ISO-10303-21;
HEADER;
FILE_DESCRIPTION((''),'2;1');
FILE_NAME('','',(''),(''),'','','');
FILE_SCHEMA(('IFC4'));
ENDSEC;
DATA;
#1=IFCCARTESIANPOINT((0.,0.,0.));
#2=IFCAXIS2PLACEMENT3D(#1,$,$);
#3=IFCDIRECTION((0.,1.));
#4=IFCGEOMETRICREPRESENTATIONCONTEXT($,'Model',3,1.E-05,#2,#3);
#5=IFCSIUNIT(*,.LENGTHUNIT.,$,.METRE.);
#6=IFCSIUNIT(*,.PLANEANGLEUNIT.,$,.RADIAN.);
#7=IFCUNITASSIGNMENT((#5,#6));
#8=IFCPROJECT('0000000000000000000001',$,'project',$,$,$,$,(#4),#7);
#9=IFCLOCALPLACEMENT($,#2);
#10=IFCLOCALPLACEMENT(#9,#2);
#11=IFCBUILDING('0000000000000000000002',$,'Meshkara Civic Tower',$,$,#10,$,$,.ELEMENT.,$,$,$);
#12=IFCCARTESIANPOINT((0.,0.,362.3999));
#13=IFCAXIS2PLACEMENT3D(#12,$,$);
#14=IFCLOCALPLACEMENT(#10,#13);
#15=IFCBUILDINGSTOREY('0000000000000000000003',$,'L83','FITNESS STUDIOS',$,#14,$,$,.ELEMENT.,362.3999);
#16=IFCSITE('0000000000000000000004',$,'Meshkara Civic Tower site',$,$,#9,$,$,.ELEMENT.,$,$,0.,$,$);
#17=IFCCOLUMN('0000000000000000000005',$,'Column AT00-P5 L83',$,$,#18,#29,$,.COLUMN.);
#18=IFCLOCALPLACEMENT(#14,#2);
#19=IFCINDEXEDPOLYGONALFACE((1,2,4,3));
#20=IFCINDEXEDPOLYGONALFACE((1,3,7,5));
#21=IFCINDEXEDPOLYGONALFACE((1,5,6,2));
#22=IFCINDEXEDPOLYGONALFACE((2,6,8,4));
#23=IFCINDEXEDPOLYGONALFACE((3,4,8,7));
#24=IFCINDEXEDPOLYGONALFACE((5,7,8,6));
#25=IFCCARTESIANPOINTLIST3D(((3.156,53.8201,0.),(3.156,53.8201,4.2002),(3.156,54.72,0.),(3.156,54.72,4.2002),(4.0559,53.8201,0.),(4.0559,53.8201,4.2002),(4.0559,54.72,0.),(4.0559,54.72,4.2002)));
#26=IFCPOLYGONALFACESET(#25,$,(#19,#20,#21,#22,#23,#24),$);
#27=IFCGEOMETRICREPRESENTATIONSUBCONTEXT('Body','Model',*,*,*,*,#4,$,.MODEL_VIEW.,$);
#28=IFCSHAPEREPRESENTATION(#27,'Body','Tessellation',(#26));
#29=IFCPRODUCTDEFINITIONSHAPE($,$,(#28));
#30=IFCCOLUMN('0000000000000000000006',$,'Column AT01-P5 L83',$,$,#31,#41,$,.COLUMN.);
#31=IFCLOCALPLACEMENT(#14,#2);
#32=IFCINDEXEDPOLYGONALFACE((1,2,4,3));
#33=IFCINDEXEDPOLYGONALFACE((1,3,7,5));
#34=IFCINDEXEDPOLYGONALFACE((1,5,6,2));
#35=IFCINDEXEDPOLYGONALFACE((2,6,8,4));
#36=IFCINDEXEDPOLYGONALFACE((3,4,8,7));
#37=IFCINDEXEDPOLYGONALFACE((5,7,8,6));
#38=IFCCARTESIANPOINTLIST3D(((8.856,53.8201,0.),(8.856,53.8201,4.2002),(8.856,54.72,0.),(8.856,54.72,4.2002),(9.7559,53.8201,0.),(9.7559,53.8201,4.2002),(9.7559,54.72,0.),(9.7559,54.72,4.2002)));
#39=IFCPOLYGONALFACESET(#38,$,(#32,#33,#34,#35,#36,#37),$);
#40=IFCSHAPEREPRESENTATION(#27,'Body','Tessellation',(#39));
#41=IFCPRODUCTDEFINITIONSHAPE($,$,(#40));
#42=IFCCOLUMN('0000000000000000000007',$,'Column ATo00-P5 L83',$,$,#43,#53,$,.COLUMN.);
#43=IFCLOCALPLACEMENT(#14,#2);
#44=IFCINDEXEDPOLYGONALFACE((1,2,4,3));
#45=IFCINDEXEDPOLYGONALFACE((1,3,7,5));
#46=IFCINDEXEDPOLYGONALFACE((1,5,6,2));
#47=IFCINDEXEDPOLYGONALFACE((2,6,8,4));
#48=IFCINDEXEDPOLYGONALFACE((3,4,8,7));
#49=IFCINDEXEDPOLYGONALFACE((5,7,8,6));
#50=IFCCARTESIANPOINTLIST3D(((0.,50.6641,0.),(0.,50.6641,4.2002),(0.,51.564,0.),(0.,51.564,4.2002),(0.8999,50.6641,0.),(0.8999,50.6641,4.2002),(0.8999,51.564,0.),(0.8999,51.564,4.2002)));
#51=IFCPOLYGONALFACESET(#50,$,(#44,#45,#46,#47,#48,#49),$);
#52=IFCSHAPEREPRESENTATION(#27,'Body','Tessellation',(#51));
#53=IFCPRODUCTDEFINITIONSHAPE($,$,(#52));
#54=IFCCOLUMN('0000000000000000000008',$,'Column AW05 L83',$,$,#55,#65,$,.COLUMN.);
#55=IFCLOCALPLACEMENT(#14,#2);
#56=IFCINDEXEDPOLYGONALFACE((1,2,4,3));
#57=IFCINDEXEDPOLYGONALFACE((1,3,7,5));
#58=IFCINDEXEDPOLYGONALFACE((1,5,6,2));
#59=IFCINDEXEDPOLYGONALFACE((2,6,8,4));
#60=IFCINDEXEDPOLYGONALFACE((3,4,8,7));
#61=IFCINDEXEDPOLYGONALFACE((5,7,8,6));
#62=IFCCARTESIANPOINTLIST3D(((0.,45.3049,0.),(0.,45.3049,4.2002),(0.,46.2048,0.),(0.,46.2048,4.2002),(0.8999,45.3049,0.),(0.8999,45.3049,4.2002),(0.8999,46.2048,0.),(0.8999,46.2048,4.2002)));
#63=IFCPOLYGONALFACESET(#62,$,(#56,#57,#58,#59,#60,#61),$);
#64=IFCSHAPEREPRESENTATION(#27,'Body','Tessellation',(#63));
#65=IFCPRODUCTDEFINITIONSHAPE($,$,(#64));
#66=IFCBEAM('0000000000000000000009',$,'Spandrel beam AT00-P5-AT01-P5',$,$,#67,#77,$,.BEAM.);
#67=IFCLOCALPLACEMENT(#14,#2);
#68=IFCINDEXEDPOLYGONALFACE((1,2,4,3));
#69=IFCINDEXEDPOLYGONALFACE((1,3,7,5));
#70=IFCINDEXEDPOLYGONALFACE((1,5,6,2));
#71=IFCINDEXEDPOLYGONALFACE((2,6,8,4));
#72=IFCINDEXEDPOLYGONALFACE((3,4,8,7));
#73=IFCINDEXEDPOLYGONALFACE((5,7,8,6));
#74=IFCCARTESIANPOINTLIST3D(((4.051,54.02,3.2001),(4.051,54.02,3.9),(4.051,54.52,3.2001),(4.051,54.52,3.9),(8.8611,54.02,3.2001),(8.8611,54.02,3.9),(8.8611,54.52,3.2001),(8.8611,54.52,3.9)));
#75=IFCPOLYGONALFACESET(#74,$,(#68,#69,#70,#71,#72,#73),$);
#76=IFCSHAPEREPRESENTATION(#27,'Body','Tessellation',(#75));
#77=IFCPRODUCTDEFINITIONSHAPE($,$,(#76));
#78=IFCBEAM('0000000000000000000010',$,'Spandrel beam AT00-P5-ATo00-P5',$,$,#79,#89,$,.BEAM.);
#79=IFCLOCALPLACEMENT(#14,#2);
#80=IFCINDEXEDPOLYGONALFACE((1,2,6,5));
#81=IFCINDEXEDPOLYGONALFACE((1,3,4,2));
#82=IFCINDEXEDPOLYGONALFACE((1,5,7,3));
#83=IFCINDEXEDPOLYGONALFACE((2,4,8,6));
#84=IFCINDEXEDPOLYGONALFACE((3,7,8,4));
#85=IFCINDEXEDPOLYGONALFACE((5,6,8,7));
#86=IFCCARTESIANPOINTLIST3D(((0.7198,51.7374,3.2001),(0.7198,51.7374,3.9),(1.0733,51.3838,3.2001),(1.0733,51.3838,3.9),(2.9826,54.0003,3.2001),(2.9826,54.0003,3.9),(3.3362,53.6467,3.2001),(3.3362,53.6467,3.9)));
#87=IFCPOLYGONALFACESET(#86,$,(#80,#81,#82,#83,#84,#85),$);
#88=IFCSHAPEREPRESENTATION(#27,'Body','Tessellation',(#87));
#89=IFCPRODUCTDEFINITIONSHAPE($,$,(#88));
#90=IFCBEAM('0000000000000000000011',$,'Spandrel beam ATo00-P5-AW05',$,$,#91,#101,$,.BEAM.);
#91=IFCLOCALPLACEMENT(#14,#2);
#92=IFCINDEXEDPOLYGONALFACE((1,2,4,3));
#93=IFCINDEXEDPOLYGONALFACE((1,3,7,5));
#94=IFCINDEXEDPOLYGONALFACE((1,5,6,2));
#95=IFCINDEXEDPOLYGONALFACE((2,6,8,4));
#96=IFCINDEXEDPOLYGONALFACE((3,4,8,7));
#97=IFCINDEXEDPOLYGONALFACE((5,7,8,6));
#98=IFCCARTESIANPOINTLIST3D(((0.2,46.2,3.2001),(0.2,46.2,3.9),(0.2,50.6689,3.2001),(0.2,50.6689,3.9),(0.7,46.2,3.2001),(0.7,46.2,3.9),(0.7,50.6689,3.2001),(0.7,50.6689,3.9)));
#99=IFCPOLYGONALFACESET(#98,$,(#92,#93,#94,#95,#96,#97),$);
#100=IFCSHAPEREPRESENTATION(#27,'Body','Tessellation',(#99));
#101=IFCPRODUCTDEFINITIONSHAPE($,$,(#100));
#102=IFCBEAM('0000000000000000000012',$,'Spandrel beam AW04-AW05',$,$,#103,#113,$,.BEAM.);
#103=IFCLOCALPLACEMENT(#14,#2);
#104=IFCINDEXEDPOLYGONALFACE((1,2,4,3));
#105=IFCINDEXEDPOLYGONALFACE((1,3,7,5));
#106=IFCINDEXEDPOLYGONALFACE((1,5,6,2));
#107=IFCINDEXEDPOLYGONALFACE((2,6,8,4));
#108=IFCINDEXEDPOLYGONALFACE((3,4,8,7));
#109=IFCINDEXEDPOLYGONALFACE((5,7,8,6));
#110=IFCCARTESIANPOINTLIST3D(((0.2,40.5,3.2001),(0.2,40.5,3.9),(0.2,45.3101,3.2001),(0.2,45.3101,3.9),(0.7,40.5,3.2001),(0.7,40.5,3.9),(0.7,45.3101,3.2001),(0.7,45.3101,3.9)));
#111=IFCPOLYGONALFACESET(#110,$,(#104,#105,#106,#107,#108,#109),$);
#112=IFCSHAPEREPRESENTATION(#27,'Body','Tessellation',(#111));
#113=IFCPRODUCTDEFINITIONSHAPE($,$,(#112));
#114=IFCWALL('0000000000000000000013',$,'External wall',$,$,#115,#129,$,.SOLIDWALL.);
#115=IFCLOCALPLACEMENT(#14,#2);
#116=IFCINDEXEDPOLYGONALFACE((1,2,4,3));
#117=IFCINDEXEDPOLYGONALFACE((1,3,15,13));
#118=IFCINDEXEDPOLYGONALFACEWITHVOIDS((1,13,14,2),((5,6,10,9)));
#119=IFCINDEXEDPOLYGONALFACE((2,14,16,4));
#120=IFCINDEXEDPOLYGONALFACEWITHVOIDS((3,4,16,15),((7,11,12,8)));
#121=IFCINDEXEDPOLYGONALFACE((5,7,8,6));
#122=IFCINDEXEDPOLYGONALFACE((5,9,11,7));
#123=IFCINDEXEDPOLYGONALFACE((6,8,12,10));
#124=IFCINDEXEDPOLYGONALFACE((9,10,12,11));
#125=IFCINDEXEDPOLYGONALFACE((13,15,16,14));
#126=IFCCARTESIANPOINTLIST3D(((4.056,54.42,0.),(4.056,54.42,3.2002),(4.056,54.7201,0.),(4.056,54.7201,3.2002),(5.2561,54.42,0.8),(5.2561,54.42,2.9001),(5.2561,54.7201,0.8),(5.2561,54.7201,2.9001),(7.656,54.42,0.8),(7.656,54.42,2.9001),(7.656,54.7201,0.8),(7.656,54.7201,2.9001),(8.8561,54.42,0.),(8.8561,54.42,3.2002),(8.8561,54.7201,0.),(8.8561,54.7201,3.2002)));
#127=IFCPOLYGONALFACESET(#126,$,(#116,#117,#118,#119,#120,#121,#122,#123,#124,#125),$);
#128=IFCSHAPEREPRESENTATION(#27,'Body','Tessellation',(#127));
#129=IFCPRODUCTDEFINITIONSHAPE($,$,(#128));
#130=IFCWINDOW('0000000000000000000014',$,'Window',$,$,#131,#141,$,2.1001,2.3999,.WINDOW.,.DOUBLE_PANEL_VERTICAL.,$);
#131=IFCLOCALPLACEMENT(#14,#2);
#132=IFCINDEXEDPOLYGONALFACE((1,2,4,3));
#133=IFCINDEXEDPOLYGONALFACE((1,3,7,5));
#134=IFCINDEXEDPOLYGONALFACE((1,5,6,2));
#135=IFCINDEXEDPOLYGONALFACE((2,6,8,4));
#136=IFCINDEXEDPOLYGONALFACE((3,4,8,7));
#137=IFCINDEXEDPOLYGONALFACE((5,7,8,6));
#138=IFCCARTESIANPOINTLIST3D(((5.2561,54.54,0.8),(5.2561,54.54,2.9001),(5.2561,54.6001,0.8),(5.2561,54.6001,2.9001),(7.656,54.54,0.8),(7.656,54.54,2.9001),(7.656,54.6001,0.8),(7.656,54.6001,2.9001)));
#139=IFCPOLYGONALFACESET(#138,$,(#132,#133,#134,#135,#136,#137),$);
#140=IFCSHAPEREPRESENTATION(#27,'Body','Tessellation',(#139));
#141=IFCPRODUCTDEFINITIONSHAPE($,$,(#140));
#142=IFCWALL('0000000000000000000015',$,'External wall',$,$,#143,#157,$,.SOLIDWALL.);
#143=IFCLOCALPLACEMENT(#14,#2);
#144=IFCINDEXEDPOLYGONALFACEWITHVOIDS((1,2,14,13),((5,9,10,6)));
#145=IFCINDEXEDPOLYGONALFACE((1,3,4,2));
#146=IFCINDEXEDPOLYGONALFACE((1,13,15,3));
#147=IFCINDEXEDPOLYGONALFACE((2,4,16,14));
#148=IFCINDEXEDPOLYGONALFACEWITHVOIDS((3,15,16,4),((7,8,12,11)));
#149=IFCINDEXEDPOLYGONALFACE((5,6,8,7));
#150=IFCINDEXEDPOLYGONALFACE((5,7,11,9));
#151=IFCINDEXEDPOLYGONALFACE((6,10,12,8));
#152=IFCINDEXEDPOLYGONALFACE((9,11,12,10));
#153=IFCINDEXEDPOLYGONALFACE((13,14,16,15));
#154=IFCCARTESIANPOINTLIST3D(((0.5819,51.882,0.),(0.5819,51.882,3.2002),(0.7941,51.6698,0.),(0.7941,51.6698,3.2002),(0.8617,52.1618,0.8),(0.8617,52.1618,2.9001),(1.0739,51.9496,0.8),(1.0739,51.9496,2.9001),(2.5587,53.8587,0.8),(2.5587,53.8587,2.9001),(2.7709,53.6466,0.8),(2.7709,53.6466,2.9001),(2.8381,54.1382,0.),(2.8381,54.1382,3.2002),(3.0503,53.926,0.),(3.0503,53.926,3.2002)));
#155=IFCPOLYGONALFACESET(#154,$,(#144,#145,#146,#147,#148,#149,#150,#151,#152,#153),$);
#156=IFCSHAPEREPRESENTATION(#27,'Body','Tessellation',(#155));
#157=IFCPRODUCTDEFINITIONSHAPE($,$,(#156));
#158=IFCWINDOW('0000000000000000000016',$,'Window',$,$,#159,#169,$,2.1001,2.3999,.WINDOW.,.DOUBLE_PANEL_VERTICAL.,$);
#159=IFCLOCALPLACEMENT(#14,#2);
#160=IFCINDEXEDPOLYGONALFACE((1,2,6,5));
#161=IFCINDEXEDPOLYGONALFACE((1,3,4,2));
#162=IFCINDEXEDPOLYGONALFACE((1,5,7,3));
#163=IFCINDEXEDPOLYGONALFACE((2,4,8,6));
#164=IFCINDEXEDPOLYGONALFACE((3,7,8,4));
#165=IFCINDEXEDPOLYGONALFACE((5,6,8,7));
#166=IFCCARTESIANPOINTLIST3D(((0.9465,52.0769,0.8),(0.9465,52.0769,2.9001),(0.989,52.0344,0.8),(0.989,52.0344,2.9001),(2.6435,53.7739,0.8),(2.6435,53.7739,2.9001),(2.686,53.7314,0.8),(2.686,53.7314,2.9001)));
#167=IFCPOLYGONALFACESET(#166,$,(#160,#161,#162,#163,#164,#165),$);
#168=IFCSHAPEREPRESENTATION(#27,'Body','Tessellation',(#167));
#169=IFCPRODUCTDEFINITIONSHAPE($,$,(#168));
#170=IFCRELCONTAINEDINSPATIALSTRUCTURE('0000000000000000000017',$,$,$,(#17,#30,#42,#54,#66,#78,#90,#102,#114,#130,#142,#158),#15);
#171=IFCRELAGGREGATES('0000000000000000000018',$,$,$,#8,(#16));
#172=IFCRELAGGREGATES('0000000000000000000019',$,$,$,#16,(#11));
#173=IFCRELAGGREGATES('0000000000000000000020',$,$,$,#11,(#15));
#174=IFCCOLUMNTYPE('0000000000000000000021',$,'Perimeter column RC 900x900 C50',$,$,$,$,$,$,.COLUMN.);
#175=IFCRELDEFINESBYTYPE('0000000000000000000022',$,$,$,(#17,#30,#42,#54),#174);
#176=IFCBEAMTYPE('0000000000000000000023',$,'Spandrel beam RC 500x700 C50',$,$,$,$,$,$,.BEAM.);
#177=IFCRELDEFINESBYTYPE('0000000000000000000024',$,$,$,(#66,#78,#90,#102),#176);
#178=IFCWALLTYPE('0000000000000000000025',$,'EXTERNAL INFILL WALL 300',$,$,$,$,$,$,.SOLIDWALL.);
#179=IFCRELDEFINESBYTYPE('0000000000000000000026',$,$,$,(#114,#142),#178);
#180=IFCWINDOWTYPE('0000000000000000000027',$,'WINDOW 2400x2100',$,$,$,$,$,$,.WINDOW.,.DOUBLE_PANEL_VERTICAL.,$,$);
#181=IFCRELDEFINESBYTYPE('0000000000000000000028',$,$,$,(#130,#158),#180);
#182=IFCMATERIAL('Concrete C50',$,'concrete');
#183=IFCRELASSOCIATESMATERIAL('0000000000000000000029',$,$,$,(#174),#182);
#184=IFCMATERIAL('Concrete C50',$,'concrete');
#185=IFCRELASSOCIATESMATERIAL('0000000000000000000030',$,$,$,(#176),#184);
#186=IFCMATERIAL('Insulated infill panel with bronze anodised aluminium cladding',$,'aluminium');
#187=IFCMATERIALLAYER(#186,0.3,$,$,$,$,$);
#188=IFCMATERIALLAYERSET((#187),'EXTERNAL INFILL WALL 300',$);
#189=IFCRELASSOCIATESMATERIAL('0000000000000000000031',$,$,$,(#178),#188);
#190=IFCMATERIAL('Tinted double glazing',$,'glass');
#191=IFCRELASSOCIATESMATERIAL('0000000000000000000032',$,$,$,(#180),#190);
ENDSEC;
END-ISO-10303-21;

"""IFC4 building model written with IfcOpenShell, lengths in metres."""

from ifc_helpers import new_model, si_unit, direction, frame, frame_2d, origin, origin_2d, place, context, subcontext, project, spatial, rectangle, extrude, material, layer, layer_set, material_profile, profile_set, type_object, element, fill, save


model = new_model("IFC4")

# Units and contexts
model_context = context("Model", 3, precision=1e-05, world=origin(), true_north=direction((0.0, 1.0)))
body_context = subcontext(model_context, "Body", "Model", "MODEL_VIEW")
ifc_project = project(units=[si_unit("LENGTHUNIT", "METRE"), si_unit("PLANEANGLEUNIT", "RADIAN")], contexts=[model_context])

# Site, building, storey
site_placement = place(None, origin())
site = spatial("IfcSite", under=ifc_project, at=site_placement, Name="Meshkara Civic Tower site", CompositionType="ELEMENT", RefElevation=0.0)
building_placement = place(site_placement, origin())
building = spatial("IfcBuilding", under=site, at=building_placement, Name="Meshkara Civic Tower", CompositionType="ELEMENT")
storey_placement = place(building_placement, frame((0.0, 0.0, 362.3999)))
storey = spatial("IfcBuildingStorey", under=building, at=storey_placement, Name="L83", Description="FITNESS STUDIOS", CompositionType="ELEMENT", Elevation=362.3999)

# Columns
ifc_material_1 = material(Name="Concrete C50", Category="concrete")
ifc_material_profile_1 = material_profile(ifc_material_1, rectangle(XDim=0.8999, YDim=0.8999, at=origin_2d()))
ifc_profile_set_1 = profile_set([ifc_material_profile_1], Name="Concrete C50")
column_type = type_object("IfcColumnType", Name="Perimeter column RC 900x900 C50", PredefinedType="COLUMN", material=ifc_profile_set_1)
for number, where, z_axis, x_axis, name in (
    (1, (3.606, 54.27, 0.0), (0.0, 0.0, 1.0), (1.0, 0.0, 0.0), "Column AT00-P5 L83"),
    (2, (9.3059, 54.27, 0.0), (0.0, 0.0, 1.0), (1.0, 0.0, 0.0), "Column AT01-P5 L83"),
    (3, (0.45, 51.114, 0.0), (0.0, 0.0, 1.0), (1.0, 0.0, 0.0), "Column ATo00-P5 L83"),
    (4, (0.45, 45.7549, 0.0), (0.0, 0.0, 1.0), (1.0, 0.0, 0.0), "Column AW05 L83"),
):
    element("IfcColumn", number, at=place(storey_placement, frame(where, z_axis=z_axis, x_axis=x_axis)), inside=storey, type_object=column_type, Name=name, PredefinedType="COLUMN", context=body_context, shape_type="SweptSolid", body=[
        extrude(rectangle(XDim=0.8999, YDim=0.8999, at=origin_2d()), origin(), (0.0, 0.0, 1.0), 4.2002),
    ])

# Beams
ifc_material_2 = material(Name="Concrete C50", Category="concrete")
ifc_material_profile_2 = material_profile(ifc_material_2, rectangle(XDim=0.5, YDim=0.7, at=origin_2d()))
ifc_profile_set_2 = profile_set([ifc_material_profile_2], Name="Concrete C50")
beam_type = type_object("IfcBeamType", Name="Spandrel beam RC 500x700 C50", PredefinedType="BEAM", material=ifc_profile_set_2)
beam_1_placement = place(storey_placement, frame((8.8611, 54.27, 3.55), z_axis=(-1.0, 0.0, 0.0), x_axis=(0.0, -1.0, 0.0)))
element("IfcBeam", 5, at=beam_1_placement, inside=storey, type_object=beam_type, Name="Spandrel beam AT00-P5-AT01-P5", PredefinedType="BEAM", context=body_context, shape_type="SweptSolid", body=[
    extrude(rectangle(XDim=0.5, YDim=0.7, at=origin_2d()), origin(), (0.0, 0.0, 1.0), 4.8101),
])
beam_2_placement = place(storey_placement, frame((3.1594, 53.8235, 3.55), z_axis=(-0.707107, -0.707107, 0.0), x_axis=(0.707107, -0.707107, 0.0)))
element("IfcBeam", 6, at=beam_2_placement, inside=storey, type_object=beam_type, Name="Spandrel beam AT00-P5-ATo00-P5", PredefinedType="BEAM", context=body_context, shape_type="SweptSolid", body=[
    extrude(rectangle(XDim=0.5, YDim=0.7, at=origin_2d()), origin(), (0.0, 0.0, 1.0), 3.2002),
])
beam_3_placement = place(storey_placement, frame((0.45, 50.6689, 3.55), z_axis=(0.0, -1.0, 0.0), x_axis=(1.0, 0.0, 0.0)))
element("IfcBeam", 7, at=beam_3_placement, inside=storey, type_object=beam_type, Name="Spandrel beam ATo00-P5-AW05", PredefinedType="BEAM", context=body_context, shape_type="SweptSolid", body=[
    extrude(rectangle(XDim=0.5, YDim=0.7, at=origin_2d()), origin(), (0.0, 0.0, 1.0), 4.469),
])
beam_4_placement = place(storey_placement, frame((0.45, 45.3101, 3.55), z_axis=(0.0, -1.0, 0.0), x_axis=(1.0, 0.0, 0.0)))
element("IfcBeam", 8, at=beam_4_placement, inside=storey, type_object=beam_type, Name="Spandrel beam AW04-AW05", PredefinedType="BEAM", context=body_context, shape_type="SweptSolid", body=[
    extrude(rectangle(XDim=0.5, YDim=0.7, at=origin_2d()), origin(), (0.0, 0.0, 1.0), 4.8101),
])

# Walls, openings, windows
ifc_material_3 = material(Name="Insulated infill panel with bronze anodised aluminium cladding", Category="aluminium")
ifc_layer_1 = layer(ifc_material_3, 0.3)
ifc_layer_set_1 = layer_set([ifc_layer_1], Name="EXTERNAL INFILL WALL 300")
wall_type_1 = type_object("IfcWallType", Name="EXTERNAL INFILL WALL 300", PredefinedType="SOLIDWALL", material=ifc_layer_set_1)
wall_1_placement = place(storey_placement, frame((8.856, 54.5701, 0.0), z_axis=(0.0, 0.0, 1.0), x_axis=(-1.0, 0.0, 0.0)))
wall_1 = element("IfcWall", 9, at=wall_1_placement, inside=storey, type_object=wall_type_1, Name="External wall", PredefinedType="SOLIDWALL", context=body_context, shape_type="SweptSolid", body=[
    extrude(rectangle(XDim=4.8, YDim=0.3, at=frame_2d((2.3999, 0.0))), origin(), (0.0, 0.0, 1.0), 3.2002),
])
opening_1_placement = place(wall_1_placement, frame((1.2, 0.0, 0.8)))
opening_1 = element("IfcOpeningElement", 10, at=opening_1_placement, cuts=wall_1, PredefinedType="OPENING", context=body_context, shape_type="SweptSolid", body=[
    extrude(rectangle(XDim=2.3999, YDim=2.1001, at=frame_2d((1.2, 1.05))), frame((0.0, 0.1599, 0.0), z_axis=(0.0, -1.0, 0.0), x_axis=(1.0, 0.0, 0.0)), (0.0, 0.0, 1.0), 0.3201),
])
ifc_material_4 = material(Name="Tinted double glazing", Category="glass")
window_type = type_object("IfcWindowType", Name="WINDOW 2400x2100", PartitioningType="DOUBLE_PANEL_VERTICAL", PredefinedType="WINDOW", material=ifc_material_4)
window_1_placement = place(opening_1_placement, origin())
window_1 = element("IfcWindow", 11, at=window_1_placement, inside=storey, type_object=window_type, Name="Window", OverallHeight=2.1001, OverallWidth=2.3999, PartitioningType="DOUBLE_PANEL_VERTICAL", PredefinedType="WINDOW", context=body_context, shape_type="SweptSolid", body=[
    extrude(rectangle(XDim=2.3999, YDim=2.1001, at=frame_2d((1.2, 1.05))), frame((0.0, 0.03, 0.0), z_axis=(0.0, -1.0, 0.0), x_axis=(1.0, 0.0, 0.0)), (0.0, 0.0, 1.0), 0.0601),
])
fill(opening_1, window_1)
wall_2_placement = place(storey_placement, frame((2.9441, 54.032, 0.0), z_axis=(0.0, 0.0, 1.0), x_axis=(-0.707107, -0.707107, 0.0)))
wall_2 = element("IfcWall", 12, at=wall_2_placement, inside=storey, type_object=wall_type_1, Name="External wall", PredefinedType="SOLIDWALL", context=body_context, shape_type="SweptSolid", body=[
    extrude(rectangle(XDim=3.1907, YDim=0.3, at=frame_2d((1.5952, 0.0))), origin(), (0.0, 0.0, 1.0), 3.2002),
])
opening_2_placement = place(wall_2_placement, frame((0.395, 0.0, 0.8)))
opening_2 = element("IfcOpeningElement", 13, at=opening_2_placement, cuts=wall_2, PredefinedType="OPENING", context=body_context, shape_type="SweptSolid", body=[
    extrude(rectangle(XDim=2.3999, YDim=2.1001, at=frame_2d((1.2, 1.05))), frame((0.0, 0.1599, 0.0), z_axis=(0.0, -1.0, 0.0), x_axis=(1.0, 0.0, 0.0)), (0.0, 0.0, 1.0), 0.3201),
])
window_2_placement = place(opening_2_placement, origin())
window_2 = element("IfcWindow", 14, at=window_2_placement, inside=storey, type_object=window_type, Name="Window", OverallHeight=2.1001, OverallWidth=2.3999, PartitioningType="DOUBLE_PANEL_VERTICAL", PredefinedType="WINDOW", context=body_context, shape_type="SweptSolid", body=[
    extrude(rectangle(XDim=2.3999, YDim=2.1001, at=frame_2d((1.2, 1.05))), frame((0.0, 0.03, 0.0), z_axis=(0.0, -1.0, 0.0), x_axis=(1.0, 0.0, 0.0)), (0.0, 0.0, 1.0), 0.0601),
])
fill(opening_2, window_2)

save(model, "model.ifc")
